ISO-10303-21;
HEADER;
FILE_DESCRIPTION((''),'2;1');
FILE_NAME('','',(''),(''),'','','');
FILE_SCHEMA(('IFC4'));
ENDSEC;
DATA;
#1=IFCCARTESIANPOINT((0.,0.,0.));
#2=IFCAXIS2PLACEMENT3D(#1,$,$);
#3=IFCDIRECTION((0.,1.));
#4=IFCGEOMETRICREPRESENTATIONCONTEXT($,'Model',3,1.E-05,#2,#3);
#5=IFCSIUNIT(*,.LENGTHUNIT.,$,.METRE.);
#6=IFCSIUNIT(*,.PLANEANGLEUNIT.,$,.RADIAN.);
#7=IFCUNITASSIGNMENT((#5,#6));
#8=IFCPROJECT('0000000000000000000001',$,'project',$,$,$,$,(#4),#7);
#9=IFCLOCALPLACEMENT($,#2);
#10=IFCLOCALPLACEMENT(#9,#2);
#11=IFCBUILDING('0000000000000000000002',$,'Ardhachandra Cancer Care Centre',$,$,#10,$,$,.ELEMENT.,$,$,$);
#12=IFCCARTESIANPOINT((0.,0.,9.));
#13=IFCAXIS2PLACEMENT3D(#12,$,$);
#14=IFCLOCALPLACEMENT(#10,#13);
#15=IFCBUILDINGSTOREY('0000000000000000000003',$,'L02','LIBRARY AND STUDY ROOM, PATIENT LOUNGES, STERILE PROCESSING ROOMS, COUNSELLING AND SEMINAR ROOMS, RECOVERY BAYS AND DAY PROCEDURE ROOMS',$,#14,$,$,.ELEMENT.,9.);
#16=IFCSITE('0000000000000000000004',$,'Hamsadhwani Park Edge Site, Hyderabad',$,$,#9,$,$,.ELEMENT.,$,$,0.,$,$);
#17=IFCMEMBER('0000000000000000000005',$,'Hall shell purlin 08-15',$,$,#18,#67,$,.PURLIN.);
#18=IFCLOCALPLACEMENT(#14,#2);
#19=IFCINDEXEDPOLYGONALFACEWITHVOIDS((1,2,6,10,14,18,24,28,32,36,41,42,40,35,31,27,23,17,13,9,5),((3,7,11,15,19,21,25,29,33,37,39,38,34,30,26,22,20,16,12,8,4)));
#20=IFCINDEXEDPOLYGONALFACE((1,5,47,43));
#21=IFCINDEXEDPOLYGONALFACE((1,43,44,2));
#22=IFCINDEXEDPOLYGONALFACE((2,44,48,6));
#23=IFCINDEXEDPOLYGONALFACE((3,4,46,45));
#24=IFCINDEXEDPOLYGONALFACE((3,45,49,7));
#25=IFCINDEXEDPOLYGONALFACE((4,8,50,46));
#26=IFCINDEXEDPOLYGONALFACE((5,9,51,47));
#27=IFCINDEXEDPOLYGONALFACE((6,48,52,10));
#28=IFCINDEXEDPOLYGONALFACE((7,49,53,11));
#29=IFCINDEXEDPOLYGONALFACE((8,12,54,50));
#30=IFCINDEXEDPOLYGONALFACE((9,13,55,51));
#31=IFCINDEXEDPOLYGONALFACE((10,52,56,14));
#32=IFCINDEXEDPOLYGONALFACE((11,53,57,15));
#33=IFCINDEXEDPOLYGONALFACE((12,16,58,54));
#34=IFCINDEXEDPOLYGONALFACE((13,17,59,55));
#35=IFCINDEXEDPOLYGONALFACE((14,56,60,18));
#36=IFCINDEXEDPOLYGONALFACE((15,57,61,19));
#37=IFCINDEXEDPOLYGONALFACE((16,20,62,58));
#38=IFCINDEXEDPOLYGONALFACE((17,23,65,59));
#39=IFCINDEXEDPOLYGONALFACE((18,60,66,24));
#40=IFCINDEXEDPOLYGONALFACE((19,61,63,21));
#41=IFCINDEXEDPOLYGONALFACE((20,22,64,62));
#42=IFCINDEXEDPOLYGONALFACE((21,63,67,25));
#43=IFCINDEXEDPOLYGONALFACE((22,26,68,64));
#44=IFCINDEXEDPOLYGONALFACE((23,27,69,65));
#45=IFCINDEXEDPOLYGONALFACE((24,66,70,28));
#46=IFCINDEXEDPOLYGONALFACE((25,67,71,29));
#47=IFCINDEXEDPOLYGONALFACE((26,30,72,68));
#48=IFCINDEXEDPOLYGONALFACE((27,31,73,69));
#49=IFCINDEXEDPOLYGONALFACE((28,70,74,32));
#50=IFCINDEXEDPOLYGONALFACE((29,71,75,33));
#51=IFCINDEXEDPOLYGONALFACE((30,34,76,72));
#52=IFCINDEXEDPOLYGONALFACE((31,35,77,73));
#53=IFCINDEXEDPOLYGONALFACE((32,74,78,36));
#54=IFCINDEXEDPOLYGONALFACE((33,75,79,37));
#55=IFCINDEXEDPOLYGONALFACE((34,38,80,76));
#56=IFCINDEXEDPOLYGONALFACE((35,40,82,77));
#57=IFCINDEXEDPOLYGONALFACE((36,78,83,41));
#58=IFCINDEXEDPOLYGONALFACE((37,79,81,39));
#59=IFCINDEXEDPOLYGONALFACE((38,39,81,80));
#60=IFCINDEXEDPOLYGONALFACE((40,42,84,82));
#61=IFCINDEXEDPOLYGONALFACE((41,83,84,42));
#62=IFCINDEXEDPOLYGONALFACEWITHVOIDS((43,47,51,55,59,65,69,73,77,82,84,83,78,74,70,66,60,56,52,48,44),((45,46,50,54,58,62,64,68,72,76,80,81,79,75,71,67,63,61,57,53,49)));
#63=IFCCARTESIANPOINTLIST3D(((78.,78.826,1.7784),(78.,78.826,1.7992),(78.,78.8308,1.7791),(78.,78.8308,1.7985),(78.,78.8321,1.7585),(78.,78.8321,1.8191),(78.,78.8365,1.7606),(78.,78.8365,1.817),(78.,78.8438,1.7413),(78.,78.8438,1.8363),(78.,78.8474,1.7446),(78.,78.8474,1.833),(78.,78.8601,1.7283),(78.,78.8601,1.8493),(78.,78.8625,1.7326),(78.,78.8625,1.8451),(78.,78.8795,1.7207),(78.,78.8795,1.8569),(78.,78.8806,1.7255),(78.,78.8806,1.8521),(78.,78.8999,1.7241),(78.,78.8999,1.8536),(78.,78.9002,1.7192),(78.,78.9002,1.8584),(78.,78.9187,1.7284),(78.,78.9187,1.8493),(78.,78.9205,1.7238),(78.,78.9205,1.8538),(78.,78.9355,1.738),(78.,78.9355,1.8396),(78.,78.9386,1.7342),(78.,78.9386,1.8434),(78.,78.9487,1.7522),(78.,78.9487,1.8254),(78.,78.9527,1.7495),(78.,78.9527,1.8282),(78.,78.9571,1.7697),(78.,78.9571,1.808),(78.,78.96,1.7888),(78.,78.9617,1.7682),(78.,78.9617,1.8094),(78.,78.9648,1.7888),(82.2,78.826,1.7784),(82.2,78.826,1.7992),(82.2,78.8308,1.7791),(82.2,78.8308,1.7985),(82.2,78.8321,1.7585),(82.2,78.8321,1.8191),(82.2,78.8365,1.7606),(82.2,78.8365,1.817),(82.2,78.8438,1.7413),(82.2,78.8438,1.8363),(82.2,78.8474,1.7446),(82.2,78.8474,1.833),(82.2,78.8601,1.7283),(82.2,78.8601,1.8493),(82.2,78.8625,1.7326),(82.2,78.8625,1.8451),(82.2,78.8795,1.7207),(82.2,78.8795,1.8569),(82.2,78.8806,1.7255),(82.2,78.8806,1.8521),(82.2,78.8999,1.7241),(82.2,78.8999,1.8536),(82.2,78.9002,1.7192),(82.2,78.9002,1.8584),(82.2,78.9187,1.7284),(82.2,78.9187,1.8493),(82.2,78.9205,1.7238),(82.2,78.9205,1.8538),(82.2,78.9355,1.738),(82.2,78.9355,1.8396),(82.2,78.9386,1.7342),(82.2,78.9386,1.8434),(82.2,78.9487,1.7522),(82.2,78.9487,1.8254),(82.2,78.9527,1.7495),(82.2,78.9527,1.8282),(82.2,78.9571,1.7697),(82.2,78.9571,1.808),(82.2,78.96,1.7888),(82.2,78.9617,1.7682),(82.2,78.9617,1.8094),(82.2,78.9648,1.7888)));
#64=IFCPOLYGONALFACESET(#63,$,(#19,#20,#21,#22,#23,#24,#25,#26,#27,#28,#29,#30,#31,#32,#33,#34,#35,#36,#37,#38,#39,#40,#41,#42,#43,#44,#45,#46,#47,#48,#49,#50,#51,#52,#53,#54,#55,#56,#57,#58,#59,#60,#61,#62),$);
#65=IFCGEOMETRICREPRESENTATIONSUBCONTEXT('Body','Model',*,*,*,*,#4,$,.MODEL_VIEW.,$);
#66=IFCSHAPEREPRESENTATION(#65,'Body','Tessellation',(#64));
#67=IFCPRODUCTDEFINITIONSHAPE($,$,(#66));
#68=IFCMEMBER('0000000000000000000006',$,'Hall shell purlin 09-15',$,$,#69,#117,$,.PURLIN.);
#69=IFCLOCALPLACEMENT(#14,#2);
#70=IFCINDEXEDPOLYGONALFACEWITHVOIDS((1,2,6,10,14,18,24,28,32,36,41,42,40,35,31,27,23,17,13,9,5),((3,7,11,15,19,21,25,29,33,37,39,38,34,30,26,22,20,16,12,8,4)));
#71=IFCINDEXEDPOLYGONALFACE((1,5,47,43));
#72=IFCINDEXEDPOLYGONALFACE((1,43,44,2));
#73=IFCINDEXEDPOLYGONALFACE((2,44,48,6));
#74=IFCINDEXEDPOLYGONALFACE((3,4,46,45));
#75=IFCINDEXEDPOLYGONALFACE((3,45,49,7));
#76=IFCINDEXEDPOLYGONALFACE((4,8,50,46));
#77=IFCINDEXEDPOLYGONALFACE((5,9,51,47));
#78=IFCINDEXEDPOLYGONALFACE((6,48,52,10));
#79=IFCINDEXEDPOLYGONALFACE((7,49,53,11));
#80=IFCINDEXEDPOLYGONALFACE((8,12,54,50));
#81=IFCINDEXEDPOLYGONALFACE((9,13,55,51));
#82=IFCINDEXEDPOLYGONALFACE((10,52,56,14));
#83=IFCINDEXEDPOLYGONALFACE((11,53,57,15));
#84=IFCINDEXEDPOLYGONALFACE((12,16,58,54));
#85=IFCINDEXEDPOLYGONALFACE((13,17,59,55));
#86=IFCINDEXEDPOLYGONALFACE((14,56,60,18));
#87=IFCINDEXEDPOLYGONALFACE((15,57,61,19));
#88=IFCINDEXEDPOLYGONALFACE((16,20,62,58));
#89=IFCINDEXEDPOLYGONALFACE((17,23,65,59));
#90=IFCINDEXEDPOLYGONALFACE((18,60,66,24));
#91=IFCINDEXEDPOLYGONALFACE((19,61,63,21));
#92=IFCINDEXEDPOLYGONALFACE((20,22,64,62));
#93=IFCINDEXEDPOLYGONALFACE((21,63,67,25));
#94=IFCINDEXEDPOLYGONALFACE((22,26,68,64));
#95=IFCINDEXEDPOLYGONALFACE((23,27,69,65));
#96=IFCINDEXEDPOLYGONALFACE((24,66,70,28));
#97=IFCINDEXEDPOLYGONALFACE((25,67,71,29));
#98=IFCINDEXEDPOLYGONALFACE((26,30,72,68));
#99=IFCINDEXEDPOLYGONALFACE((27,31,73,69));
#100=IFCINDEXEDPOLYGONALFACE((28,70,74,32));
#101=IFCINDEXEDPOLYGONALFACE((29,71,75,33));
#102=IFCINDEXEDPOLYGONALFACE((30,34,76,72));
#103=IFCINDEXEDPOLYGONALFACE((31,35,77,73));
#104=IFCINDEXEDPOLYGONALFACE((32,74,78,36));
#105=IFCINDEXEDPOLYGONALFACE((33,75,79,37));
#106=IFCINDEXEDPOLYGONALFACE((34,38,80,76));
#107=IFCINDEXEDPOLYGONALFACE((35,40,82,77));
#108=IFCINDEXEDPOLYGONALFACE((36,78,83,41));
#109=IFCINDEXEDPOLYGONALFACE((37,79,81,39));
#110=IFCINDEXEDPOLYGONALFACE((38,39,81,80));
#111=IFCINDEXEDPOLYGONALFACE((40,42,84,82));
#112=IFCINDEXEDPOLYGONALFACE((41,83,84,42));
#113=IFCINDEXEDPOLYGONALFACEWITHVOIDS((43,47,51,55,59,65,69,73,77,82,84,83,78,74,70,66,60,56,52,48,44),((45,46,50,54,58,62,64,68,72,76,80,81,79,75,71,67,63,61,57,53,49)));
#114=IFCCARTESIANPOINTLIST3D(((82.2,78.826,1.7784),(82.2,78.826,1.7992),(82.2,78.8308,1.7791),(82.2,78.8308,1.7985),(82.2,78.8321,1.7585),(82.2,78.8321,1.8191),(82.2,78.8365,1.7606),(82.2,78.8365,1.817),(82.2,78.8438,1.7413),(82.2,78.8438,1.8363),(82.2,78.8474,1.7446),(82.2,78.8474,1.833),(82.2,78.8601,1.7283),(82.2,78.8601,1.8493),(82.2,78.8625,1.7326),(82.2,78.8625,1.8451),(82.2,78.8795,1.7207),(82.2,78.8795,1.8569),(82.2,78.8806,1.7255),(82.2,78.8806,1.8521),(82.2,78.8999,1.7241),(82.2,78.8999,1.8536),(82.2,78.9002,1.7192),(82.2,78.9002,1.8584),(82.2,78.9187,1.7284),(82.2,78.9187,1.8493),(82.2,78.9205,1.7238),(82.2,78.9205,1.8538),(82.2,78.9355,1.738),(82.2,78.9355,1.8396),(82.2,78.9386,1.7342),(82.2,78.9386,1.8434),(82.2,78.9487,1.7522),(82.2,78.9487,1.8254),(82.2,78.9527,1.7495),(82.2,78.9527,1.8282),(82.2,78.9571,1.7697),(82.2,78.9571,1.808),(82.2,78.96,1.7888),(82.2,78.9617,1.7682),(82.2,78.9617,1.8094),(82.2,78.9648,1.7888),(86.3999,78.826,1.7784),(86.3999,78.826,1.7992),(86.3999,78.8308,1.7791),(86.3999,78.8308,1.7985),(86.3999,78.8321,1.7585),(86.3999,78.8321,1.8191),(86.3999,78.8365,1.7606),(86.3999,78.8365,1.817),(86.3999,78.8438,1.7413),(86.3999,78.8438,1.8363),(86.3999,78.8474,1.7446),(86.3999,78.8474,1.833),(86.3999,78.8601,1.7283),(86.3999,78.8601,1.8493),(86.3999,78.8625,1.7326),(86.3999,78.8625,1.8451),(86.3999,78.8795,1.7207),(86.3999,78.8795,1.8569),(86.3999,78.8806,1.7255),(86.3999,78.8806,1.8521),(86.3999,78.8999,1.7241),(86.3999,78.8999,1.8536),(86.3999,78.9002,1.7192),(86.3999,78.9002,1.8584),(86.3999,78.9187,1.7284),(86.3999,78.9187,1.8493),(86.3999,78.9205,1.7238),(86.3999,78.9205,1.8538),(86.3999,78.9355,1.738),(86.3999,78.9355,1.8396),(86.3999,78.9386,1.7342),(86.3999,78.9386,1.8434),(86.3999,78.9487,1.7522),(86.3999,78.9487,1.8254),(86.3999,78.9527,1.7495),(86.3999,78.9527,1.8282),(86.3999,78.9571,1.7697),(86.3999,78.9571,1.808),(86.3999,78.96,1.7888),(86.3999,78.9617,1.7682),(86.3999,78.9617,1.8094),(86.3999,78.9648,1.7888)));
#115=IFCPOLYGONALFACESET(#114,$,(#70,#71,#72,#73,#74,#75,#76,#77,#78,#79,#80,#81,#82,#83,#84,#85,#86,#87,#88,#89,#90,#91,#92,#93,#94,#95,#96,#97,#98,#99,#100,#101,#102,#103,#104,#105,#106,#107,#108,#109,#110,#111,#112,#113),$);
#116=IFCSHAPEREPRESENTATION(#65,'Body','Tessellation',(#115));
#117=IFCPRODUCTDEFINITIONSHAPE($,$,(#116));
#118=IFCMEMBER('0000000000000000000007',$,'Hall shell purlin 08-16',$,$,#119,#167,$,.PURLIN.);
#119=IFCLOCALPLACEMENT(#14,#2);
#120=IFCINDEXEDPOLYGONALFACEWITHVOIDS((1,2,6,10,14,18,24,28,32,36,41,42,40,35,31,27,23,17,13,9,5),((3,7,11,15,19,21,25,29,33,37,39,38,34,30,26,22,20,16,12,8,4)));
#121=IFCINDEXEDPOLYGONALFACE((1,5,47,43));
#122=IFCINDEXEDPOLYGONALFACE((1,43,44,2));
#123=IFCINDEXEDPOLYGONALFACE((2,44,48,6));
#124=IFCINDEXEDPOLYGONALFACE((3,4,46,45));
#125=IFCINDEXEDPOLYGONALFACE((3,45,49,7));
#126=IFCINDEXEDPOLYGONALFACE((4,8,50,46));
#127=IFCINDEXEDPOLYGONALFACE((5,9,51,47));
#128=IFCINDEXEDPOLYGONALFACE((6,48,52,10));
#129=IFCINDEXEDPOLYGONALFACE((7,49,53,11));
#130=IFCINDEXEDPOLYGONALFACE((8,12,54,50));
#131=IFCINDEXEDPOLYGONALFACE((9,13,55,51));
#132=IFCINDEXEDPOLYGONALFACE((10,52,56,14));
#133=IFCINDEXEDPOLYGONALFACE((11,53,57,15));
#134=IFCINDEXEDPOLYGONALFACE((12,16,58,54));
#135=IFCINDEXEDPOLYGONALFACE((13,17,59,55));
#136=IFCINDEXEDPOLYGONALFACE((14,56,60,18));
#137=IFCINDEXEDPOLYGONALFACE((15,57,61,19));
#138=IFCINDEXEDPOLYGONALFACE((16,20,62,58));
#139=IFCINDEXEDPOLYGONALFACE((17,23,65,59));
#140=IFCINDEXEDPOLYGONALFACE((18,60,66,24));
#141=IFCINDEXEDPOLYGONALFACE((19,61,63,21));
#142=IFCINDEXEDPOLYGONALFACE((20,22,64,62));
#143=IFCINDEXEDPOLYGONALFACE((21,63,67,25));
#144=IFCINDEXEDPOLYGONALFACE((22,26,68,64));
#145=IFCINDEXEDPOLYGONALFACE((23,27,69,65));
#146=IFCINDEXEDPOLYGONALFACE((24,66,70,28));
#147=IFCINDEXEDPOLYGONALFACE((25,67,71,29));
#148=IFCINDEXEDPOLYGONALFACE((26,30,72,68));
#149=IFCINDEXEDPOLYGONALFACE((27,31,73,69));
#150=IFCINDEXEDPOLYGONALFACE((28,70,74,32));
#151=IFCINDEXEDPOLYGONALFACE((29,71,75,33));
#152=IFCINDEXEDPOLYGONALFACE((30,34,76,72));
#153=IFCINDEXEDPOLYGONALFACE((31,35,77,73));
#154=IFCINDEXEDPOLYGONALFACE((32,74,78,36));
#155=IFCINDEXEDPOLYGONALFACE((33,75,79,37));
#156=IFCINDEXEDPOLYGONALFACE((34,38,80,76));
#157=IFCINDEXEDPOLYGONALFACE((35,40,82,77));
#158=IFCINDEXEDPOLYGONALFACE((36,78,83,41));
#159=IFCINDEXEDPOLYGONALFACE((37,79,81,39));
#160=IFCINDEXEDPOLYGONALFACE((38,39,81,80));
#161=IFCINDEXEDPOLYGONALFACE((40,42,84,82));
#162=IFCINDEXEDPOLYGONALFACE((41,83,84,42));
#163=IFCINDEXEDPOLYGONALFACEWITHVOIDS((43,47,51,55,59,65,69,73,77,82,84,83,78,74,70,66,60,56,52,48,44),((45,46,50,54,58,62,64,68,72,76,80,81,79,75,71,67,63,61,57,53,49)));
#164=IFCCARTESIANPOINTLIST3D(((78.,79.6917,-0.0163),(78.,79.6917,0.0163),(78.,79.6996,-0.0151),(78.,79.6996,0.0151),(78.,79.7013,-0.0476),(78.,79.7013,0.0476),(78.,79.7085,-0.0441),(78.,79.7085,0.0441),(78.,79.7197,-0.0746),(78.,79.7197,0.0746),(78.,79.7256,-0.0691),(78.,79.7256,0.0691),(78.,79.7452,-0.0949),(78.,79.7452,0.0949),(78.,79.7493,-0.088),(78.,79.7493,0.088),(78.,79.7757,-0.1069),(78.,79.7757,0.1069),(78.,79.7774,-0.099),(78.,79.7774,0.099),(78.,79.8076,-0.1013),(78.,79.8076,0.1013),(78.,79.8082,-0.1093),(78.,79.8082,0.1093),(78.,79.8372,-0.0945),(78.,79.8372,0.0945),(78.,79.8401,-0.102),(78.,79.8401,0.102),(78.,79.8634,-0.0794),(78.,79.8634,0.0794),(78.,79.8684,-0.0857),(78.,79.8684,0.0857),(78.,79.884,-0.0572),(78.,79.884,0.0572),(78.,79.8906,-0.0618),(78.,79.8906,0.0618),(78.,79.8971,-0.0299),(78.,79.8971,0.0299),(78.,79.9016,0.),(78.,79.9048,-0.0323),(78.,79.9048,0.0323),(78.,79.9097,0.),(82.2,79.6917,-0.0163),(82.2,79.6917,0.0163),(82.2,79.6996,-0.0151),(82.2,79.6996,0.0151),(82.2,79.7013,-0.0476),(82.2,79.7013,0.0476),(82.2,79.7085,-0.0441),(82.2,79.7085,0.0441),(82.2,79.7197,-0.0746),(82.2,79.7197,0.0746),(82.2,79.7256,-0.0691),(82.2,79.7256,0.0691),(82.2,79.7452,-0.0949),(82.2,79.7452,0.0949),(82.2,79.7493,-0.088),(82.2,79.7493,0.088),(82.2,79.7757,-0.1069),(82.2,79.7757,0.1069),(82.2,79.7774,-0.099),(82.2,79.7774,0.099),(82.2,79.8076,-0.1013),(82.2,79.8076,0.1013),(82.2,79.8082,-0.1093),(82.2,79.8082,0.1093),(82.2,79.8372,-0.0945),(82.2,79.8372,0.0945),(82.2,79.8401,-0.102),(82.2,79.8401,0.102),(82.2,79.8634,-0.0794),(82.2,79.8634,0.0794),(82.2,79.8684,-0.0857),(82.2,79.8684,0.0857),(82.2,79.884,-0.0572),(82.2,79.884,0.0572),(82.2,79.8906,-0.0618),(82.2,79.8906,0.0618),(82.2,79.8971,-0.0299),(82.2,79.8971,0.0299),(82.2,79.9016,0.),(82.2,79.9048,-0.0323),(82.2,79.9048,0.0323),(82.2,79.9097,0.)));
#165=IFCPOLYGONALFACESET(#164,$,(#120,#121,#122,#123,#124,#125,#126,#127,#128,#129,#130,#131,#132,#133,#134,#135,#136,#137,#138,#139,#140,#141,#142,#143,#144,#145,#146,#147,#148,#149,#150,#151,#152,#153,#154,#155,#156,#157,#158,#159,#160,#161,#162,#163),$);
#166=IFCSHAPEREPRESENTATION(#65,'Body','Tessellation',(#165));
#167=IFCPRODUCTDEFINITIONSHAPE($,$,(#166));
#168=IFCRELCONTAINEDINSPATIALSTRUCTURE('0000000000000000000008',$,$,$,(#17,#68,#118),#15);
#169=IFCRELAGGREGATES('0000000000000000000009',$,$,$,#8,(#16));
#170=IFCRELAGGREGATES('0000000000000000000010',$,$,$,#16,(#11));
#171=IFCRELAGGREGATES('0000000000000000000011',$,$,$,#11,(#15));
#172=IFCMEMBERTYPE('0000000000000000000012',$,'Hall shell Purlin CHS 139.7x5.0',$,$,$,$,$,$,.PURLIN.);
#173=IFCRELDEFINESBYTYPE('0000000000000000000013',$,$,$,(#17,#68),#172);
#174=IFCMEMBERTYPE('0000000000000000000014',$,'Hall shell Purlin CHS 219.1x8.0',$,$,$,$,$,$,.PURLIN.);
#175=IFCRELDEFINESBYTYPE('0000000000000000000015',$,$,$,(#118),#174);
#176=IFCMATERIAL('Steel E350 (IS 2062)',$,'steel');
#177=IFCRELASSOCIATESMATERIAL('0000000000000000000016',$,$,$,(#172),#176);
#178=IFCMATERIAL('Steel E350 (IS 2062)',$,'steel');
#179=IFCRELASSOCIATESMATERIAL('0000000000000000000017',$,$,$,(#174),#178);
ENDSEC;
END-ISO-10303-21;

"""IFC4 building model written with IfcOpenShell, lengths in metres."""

from ifc_helpers import new_model, si_unit, direction, frame, origin, origin_2d, place, context, subcontext, project, spatial, hollow_circle, extrude, material, material_profile, profile_set, type_object, element, save


model = new_model("IFC4")

# Units and contexts
model_context = context("Model", 3, precision=1e-05, world=origin(), true_north=direction((0.0, 1.0)))
body_context = subcontext(model_context, "Body", "Model", "MODEL_VIEW")
ifc_project = project(units=[si_unit("LENGTHUNIT", "METRE"), si_unit("PLANEANGLEUNIT", "RADIAN")], contexts=[model_context])

# Site, building, storey
site_placement = place(None, origin())
site = spatial("IfcSite", under=ifc_project, at=site_placement, Name="Hamsadhwani Park Edge Site, Hyderabad", CompositionType="ELEMENT", RefElevation=0.0)
building_placement = place(site_placement, origin())
building = spatial("IfcBuilding", under=site, at=building_placement, Name="Ardhachandra Cancer Care Centre", CompositionType="ELEMENT")
storey_placement = place(building_placement, frame((0.0, 0.0, 9.0)))
storey = spatial("IfcBuildingStorey", under=building, at=storey_placement, Name="L02", Description="LIBRARY AND STUDY ROOM, PATIENT LOUNGES, STERILE PROCESSING ROOMS, COUNSELLING AND SEMINAR ROOMS, RECOVERY BAYS AND DAY PROCEDURE ROOMS", CompositionType="ELEMENT", Elevation=9.0)

# Members
ifc_material_1 = material(Name="Steel E350 (IS 2062)", Category="steel")
ifc_material_profile_1 = material_profile(ifc_material_1, hollow_circle(Radius=0.0698, WallThickness=0.0049, at=origin_2d()), Name="CHS 139.7x5.0")
ifc_profile_set_1 = profile_set([ifc_material_profile_1], Name="Steel E350 (IS 2062)")
member_type_1 = type_object("IfcMemberType", Name="Hall shell Purlin CHS 139.7x5.0", PredefinedType="PURLIN", material=ifc_profile_set_1)
for number, where, z_axis, x_axis, name in (
    (1, (78.0, 78.895, 1.7888), (1.0, 0.0, 0.0), (0.0, 1.0, 0.0), "Hall shell purlin 08-15"),
    (2, (82.2, 78.895, 1.7888), (1.0, 0.0, 0.0), (0.0, 1.0, 0.0), "Hall shell purlin 09-15"),
):
    element("IfcMember", number, at=place(storey_placement, frame(where, z_axis=z_axis, x_axis=x_axis)), inside=storey, type_object=member_type_1, Name=name, PredefinedType="PURLIN", context=body_context, shape_type="SweptSolid", body=[
        extrude(hollow_circle(Radius=0.0698, WallThickness=0.0049, at=origin_2d()), origin(), (0.0, 0.0, 1.0), 4.2),
    ])
ifc_material_2 = material(Name="Steel E350 (IS 2062)", Category="steel")
ifc_material_profile_2 = material_profile(ifc_material_2, hollow_circle(Radius=0.1096, WallThickness=0.0081, at=origin_2d()), Name="CHS 219.1x8.0")
ifc_profile_set_2 = profile_set([ifc_material_profile_2], Name="Steel E350 (IS 2062)")
member_type_2 = type_object("IfcMemberType", Name="Hall shell Purlin CHS 219.1x8.0", PredefinedType="PURLIN", material=ifc_profile_set_2)
member_1_placement = place(storey_placement, frame((78.0, 79.8, 0.0), z_axis=(1.0, 0.0, 0.0), x_axis=(0.0, 1.0, 0.0)))
element("IfcMember", 3, at=member_1_placement, inside=storey, type_object=member_type_2, Name="Hall shell purlin 08-16", PredefinedType="PURLIN", context=body_context, shape_type="SweptSolid", body=[
    extrude(hollow_circle(Radius=0.1096, WallThickness=0.0081, at=origin_2d()), origin(), (0.0, 0.0, 1.0), 4.2),
])

save(model, "model.ifc")
